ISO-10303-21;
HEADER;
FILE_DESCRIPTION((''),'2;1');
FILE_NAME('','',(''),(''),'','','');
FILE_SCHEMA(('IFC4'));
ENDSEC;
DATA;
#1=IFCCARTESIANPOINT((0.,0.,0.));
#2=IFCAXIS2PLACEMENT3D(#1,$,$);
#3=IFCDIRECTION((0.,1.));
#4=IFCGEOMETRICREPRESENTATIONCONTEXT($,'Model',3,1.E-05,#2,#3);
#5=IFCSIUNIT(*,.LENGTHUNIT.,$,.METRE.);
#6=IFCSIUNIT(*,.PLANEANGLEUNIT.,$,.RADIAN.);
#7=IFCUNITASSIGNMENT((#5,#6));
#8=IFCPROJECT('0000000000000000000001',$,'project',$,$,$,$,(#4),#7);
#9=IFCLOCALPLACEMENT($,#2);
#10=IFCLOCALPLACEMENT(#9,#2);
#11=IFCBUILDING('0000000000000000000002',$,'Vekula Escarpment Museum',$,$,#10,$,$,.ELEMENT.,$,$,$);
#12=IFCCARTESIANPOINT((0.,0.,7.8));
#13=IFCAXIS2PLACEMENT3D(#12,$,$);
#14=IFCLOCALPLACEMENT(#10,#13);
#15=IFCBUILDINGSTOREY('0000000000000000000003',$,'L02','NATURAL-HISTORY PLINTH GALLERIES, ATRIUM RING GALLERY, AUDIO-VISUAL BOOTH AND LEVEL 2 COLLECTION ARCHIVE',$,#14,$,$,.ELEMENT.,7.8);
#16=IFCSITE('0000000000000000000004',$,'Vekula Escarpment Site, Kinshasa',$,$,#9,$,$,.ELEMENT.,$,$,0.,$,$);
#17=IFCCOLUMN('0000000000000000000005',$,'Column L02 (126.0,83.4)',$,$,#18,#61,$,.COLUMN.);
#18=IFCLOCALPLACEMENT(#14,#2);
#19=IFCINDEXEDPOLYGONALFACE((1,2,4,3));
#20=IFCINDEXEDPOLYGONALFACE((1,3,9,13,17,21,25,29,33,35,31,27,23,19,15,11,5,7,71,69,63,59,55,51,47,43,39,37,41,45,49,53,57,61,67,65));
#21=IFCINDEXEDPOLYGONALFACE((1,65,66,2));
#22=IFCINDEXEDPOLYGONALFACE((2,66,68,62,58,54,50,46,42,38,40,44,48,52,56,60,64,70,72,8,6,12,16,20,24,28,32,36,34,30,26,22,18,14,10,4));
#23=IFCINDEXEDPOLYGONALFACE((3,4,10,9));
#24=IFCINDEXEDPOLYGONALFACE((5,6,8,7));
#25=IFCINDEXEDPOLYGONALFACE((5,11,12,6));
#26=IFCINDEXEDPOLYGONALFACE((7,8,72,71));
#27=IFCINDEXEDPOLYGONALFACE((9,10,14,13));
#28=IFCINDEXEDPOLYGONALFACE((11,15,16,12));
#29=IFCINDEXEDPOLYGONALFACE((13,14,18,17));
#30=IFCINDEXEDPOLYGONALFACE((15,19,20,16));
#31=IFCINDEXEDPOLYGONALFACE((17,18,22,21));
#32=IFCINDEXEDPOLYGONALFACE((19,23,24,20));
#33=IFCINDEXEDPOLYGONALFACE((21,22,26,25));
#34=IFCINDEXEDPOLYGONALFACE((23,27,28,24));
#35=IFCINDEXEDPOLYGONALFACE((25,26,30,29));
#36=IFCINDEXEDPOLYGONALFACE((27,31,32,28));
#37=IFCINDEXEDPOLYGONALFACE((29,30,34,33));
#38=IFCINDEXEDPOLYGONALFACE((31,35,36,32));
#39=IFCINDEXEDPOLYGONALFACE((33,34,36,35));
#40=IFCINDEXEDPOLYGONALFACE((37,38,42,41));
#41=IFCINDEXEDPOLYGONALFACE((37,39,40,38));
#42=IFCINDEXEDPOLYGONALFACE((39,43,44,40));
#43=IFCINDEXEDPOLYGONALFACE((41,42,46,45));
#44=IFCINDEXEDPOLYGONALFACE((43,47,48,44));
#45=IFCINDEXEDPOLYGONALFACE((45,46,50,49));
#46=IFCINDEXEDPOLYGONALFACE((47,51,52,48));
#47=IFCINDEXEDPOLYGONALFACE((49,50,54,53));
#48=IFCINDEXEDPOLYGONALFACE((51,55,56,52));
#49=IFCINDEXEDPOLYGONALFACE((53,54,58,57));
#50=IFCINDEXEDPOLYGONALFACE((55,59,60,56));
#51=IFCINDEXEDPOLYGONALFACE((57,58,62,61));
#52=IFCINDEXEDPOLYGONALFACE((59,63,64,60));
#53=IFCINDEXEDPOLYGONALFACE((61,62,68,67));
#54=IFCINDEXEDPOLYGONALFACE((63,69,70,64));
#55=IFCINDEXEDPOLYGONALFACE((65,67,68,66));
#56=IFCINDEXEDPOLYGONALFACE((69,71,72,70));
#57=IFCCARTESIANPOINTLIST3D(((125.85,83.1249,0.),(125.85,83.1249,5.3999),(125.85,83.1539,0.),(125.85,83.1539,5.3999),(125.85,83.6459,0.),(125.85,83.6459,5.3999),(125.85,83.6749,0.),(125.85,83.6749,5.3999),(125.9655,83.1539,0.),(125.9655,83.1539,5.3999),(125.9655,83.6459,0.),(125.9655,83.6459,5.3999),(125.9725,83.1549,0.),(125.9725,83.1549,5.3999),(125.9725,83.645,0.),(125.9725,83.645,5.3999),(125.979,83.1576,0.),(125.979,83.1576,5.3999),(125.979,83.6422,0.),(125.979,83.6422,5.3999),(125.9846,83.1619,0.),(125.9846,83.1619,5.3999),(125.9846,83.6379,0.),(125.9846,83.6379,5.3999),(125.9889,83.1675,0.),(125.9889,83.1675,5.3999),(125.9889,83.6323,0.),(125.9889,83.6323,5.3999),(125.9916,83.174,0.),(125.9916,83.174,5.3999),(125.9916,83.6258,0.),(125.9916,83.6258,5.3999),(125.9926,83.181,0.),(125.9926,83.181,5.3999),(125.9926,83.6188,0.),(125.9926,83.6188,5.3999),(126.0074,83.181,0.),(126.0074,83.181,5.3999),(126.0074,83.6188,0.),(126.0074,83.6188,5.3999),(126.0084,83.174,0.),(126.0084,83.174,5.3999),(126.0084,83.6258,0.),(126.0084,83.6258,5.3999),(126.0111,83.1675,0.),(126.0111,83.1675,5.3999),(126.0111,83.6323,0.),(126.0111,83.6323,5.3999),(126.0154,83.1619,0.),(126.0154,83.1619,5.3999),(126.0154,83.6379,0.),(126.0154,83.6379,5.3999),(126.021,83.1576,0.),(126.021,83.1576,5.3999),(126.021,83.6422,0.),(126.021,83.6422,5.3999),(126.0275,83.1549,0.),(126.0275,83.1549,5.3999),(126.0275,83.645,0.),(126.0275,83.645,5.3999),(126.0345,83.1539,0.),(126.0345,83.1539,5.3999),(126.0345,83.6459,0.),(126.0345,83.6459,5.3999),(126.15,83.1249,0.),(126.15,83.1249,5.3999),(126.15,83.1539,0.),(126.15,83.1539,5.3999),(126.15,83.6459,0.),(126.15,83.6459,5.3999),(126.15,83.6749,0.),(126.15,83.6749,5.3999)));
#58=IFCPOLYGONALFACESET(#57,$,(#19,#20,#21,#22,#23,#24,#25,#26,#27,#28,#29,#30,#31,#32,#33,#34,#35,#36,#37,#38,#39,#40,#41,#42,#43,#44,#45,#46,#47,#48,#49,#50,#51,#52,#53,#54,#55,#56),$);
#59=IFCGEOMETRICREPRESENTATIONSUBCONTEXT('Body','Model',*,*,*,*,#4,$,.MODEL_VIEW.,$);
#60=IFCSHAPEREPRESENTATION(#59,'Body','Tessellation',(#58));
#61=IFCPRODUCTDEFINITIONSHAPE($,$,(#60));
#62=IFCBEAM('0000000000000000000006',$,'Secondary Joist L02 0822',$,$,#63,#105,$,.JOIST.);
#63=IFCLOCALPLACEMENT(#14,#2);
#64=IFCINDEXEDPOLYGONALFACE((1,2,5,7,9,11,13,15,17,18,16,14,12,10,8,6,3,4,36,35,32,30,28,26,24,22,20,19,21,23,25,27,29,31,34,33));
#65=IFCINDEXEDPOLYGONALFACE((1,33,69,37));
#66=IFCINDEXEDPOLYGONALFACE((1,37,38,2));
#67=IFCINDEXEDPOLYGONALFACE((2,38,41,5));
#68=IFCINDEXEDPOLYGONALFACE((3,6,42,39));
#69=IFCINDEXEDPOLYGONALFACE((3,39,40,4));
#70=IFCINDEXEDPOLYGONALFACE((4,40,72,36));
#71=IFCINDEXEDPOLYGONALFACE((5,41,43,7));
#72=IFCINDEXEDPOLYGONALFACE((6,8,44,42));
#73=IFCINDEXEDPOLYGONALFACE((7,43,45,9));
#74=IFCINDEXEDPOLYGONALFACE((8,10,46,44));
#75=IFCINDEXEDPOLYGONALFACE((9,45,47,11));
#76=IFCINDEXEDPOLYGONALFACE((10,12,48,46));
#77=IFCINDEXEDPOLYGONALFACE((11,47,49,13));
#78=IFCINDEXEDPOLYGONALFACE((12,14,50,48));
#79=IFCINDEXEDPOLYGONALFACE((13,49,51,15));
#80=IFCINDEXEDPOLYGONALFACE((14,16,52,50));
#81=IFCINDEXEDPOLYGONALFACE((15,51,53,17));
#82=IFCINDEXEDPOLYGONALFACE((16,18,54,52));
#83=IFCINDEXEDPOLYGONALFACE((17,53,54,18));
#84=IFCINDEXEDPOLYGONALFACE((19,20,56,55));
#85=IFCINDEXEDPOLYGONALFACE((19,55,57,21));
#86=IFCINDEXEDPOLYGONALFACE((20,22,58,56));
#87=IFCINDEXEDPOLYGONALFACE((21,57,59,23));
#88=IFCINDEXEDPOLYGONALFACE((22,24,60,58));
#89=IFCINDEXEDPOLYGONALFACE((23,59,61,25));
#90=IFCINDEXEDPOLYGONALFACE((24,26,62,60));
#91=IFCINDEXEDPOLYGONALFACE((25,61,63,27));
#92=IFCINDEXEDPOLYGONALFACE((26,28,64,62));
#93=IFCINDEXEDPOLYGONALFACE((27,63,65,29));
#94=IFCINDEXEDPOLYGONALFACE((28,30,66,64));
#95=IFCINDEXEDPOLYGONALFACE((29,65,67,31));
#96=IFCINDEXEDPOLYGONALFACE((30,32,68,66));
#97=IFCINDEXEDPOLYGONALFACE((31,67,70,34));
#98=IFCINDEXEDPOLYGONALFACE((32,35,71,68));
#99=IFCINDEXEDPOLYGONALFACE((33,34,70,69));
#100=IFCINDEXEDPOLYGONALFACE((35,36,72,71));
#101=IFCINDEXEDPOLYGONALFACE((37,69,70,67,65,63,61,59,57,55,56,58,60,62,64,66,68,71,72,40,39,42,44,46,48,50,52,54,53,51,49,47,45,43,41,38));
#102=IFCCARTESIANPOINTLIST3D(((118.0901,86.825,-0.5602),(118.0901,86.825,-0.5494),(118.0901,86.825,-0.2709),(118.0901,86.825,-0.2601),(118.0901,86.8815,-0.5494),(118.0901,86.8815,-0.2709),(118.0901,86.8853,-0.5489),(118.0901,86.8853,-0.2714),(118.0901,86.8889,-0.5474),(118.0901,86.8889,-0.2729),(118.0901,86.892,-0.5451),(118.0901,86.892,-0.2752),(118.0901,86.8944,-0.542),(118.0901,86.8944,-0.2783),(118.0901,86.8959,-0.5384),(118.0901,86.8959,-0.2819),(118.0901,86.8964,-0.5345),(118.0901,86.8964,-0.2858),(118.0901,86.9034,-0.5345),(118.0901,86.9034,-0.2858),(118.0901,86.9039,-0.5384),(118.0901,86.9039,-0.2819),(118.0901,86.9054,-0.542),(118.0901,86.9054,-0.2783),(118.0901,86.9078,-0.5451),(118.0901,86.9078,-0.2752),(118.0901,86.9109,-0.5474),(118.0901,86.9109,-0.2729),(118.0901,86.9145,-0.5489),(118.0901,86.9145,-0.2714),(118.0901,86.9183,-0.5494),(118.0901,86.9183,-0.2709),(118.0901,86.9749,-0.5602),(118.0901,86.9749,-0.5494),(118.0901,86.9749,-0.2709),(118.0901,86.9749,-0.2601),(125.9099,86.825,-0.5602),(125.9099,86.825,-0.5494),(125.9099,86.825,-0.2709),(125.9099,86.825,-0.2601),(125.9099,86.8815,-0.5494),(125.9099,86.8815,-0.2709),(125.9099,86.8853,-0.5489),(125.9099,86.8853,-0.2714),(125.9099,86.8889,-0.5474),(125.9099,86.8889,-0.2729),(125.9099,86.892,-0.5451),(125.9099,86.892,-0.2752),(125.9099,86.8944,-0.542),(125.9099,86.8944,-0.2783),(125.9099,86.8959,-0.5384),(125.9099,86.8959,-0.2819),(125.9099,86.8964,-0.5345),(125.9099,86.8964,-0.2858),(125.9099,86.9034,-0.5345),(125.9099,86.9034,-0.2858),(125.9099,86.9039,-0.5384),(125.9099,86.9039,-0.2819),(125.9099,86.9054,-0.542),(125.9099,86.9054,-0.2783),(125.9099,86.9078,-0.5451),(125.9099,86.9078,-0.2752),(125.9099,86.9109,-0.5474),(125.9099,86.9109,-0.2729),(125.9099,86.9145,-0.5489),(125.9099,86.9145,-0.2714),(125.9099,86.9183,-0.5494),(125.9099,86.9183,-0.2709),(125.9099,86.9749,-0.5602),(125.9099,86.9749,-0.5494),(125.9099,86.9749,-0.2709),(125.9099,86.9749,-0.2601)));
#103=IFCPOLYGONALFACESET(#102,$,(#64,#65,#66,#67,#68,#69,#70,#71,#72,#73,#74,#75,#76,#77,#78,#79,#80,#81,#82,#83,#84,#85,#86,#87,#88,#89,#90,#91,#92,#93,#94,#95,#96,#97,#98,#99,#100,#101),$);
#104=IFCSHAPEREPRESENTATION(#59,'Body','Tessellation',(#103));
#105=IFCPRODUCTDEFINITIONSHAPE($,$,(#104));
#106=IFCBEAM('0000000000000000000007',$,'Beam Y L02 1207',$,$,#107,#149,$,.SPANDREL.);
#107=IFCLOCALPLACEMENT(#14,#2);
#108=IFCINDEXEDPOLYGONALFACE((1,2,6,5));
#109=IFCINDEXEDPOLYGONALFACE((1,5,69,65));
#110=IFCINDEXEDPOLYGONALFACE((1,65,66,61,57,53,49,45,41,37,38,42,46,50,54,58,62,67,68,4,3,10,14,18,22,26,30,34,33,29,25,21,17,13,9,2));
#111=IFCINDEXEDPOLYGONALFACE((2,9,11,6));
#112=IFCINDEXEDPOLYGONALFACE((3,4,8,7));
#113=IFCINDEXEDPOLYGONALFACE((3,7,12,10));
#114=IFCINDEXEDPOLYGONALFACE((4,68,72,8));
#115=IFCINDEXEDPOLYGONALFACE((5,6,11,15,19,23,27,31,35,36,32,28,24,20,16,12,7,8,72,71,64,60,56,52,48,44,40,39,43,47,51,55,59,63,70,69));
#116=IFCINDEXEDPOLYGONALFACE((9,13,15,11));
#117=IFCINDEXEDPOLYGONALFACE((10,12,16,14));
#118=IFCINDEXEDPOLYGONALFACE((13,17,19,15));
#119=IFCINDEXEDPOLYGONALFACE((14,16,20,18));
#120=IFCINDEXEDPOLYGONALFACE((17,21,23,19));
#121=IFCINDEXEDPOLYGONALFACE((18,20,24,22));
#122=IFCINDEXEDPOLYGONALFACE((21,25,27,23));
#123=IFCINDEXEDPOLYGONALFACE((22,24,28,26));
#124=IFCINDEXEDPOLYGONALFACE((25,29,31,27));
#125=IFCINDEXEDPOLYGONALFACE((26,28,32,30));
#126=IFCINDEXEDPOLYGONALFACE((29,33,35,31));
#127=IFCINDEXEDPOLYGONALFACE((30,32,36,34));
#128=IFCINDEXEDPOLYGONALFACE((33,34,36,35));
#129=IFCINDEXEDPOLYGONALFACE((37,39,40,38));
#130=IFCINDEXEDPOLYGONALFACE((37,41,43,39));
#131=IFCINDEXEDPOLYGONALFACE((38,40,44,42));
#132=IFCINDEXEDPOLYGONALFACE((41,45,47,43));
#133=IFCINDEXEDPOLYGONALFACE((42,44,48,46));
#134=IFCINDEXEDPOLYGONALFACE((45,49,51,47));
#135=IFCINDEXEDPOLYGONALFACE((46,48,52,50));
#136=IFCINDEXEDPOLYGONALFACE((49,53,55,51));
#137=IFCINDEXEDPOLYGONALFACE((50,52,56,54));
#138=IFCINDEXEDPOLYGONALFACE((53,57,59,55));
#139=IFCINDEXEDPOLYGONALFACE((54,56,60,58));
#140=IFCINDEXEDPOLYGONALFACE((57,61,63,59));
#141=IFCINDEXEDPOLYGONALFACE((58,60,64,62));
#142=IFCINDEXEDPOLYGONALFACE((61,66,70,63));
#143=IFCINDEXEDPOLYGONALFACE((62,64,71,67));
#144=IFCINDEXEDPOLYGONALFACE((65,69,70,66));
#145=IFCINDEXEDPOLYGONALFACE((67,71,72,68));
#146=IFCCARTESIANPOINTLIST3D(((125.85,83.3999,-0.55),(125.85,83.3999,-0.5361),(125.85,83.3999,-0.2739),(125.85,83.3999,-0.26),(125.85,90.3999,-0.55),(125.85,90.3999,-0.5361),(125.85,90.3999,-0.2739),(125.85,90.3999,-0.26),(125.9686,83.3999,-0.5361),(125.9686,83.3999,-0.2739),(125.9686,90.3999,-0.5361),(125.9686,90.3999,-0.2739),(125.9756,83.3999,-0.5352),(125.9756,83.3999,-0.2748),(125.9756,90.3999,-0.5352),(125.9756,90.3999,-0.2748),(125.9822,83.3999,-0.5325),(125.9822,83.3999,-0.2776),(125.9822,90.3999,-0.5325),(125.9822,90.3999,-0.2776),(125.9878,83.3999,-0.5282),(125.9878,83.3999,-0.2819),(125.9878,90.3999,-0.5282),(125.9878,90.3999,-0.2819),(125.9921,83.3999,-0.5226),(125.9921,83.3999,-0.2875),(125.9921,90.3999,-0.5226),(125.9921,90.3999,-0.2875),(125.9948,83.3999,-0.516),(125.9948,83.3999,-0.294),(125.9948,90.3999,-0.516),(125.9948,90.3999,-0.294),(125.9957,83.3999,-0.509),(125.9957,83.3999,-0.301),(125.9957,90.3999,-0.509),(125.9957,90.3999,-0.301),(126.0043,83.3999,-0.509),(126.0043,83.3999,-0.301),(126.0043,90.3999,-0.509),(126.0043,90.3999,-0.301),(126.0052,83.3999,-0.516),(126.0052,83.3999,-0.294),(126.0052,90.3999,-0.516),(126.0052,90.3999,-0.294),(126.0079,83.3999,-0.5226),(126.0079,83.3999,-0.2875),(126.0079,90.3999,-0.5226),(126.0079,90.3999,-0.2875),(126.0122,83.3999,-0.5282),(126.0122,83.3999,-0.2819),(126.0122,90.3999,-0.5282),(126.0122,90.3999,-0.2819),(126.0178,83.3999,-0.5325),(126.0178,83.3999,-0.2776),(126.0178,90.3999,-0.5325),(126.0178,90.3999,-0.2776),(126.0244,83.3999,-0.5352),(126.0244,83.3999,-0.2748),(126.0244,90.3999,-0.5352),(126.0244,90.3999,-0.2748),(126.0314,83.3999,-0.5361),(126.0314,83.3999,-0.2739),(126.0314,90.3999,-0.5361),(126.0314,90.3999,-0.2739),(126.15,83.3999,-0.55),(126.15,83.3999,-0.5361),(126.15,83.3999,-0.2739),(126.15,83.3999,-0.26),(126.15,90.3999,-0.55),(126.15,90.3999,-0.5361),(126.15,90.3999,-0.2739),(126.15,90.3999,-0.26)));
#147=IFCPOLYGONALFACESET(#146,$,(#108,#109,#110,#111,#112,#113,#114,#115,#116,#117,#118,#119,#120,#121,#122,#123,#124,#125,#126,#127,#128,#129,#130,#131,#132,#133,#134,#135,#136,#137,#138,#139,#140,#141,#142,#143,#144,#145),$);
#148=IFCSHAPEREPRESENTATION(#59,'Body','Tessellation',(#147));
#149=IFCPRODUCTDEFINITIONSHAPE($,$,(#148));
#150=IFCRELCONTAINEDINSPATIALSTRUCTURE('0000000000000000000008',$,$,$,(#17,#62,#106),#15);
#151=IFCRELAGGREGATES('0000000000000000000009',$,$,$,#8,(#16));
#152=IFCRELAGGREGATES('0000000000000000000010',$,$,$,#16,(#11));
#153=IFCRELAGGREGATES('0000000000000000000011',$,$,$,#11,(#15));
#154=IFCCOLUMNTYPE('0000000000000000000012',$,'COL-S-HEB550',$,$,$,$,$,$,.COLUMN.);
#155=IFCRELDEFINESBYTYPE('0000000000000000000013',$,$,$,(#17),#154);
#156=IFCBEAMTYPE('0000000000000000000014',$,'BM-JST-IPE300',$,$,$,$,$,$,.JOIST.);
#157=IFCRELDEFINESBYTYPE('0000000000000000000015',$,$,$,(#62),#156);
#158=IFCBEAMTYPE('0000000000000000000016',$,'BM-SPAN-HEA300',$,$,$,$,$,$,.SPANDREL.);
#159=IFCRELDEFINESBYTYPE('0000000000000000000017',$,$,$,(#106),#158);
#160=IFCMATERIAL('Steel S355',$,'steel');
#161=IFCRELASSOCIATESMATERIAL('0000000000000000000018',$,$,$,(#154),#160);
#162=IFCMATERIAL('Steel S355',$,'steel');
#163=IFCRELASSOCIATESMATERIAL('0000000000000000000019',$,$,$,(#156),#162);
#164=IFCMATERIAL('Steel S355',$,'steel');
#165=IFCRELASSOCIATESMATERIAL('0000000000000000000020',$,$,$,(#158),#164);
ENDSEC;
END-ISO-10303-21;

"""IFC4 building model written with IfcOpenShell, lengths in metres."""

from ifc_helpers import new_model, si_unit, direction, frame, origin, origin_2d, place, context, subcontext, project, spatial, i_section, extrude, material, material_profile, profile_set, type_object, element, save


model = new_model("IFC4")

# Units and contexts
model_context = context("Model", 3, precision=1e-05, world=origin(), true_north=direction((0.0, 1.0)))
body_context = subcontext(model_context, "Body", "Model", "MODEL_VIEW")
ifc_project = project(units=[si_unit("LENGTHUNIT", "METRE"), si_unit("PLANEANGLEUNIT", "RADIAN")], contexts=[model_context])

# Site, building, storey
site_placement = place(None, origin())
site = spatial("IfcSite", under=ifc_project, at=site_placement, Name="Vekula Escarpment Site, Kinshasa", CompositionType="ELEMENT", RefElevation=0.0)
building_placement = place(site_placement, origin())
building = spatial("IfcBuilding", under=site, at=building_placement, Name="Vekula Escarpment Museum", CompositionType="ELEMENT")
storey_placement = place(building_placement, frame((0.0, 0.0, 7.8)))
storey = spatial("IfcBuildingStorey", under=building, at=storey_placement, Name="L02", Description="NATURAL-HISTORY PLINTH GALLERIES, ATRIUM RING GALLERY, AUDIO-VISUAL BOOTH AND LEVEL 2 COLLECTION ARCHIVE", CompositionType="ELEMENT", Elevation=7.8)

# Column
ifc_material_1 = material(Name="Steel S355", Category="steel")
ifc_material_profile_1 = material_profile(ifc_material_1, i_section(OverallWidth=0.3, OverallDepth=0.55, WebThickness=0.0149, FlangeThickness=0.0291, FilletRadius=0.0271, at=origin_2d()), Name="HEB 550")
ifc_profile_set_1 = profile_set([ifc_material_profile_1], Name="Steel S355")
column_type = type_object("IfcColumnType", Name="COL-S-HEB550", PredefinedType="COLUMN", material=ifc_profile_set_1)
column_placement = place(storey_placement, frame((126.0, 83.3999, 0.0), z_axis=(0.0, 0.0, 1.0), x_axis=(1.0, 0.0, 0.0)))
element("IfcColumn", 1, at=column_placement, inside=storey, type_object=column_type, Name="Column L02 (126.0,83.4)", PredefinedType="COLUMN", context=body_context, shape_type="SweptSolid", body=[
    extrude(i_section(OverallWidth=0.3, OverallDepth=0.55, WebThickness=0.0149, FlangeThickness=0.0291, FilletRadius=0.0271, at=origin_2d()), origin(), (0.0, 0.0, 1.0), 5.3999),
])

# Beams
ifc_material_2 = material(Name="Steel S355", Category="steel")
ifc_material_profile_2 = material_profile(ifc_material_2, i_section(OverallWidth=0.1499, OverallDepth=0.3, WebThickness=0.0071, FlangeThickness=0.0107, FilletRadius=0.0149, at=origin_2d()), Name="IPE 300")
ifc_profile_set_2 = profile_set([ifc_material_profile_2], Name="Steel S355")
beam_type_1 = type_object("IfcBeamType", Name="BM-JST-IPE300", PredefinedType="JOIST", material=ifc_profile_set_2)
beam_1_placement = place(storey_placement, frame((118.0901, 86.8999, -0.4102), z_axis=(1.0, 0.0, 0.0), x_axis=(0.0, 1.0, 0.0)))
element("IfcBeam", 2, at=beam_1_placement, inside=storey, type_object=beam_type_1, Name="Secondary Joist L02 0822", PredefinedType="JOIST", context=body_context, shape_type="SweptSolid", body=[
    extrude(i_section(OverallWidth=0.1499, OverallDepth=0.3, WebThickness=0.0071, FlangeThickness=0.0107, FilletRadius=0.0149, at=origin_2d()), origin(), (0.0, 0.0, 1.0), 7.8198),
])
ifc_material_3 = material(Name="Steel S355", Category="steel")
ifc_material_profile_3 = material_profile(ifc_material_3, i_section(OverallWidth=0.3, OverallDepth=0.29, WebThickness=0.0085, FlangeThickness=0.0139, FilletRadius=0.0271, at=origin_2d()), Name="HEA 300")
ifc_profile_set_3 = profile_set([ifc_material_profile_3], Name="Steel S355")
beam_type_2 = type_object("IfcBeamType", Name="BM-SPAN-HEA300", PredefinedType="SPANDREL", material=ifc_profile_set_3)
beam_2_placement = place(storey_placement, frame((126.0, 83.3999, -0.405), z_axis=(0.0, 1.0, 0.0), x_axis=(-1.0, 0.0, 0.0)))
element("IfcBeam", 3, at=beam_2_placement, inside=storey, type_object=beam_type_2, Name="Beam Y L02 1207", PredefinedType="SPANDREL", context=body_context, shape_type="SweptSolid", body=[
    extrude(i_section(OverallWidth=0.3, OverallDepth=0.29, WebThickness=0.0085, FlangeThickness=0.0139, FilletRadius=0.0271, at=origin_2d()), origin(), (0.0, 0.0, 1.0), 7.0),
])

save(model, "model.ifc")
